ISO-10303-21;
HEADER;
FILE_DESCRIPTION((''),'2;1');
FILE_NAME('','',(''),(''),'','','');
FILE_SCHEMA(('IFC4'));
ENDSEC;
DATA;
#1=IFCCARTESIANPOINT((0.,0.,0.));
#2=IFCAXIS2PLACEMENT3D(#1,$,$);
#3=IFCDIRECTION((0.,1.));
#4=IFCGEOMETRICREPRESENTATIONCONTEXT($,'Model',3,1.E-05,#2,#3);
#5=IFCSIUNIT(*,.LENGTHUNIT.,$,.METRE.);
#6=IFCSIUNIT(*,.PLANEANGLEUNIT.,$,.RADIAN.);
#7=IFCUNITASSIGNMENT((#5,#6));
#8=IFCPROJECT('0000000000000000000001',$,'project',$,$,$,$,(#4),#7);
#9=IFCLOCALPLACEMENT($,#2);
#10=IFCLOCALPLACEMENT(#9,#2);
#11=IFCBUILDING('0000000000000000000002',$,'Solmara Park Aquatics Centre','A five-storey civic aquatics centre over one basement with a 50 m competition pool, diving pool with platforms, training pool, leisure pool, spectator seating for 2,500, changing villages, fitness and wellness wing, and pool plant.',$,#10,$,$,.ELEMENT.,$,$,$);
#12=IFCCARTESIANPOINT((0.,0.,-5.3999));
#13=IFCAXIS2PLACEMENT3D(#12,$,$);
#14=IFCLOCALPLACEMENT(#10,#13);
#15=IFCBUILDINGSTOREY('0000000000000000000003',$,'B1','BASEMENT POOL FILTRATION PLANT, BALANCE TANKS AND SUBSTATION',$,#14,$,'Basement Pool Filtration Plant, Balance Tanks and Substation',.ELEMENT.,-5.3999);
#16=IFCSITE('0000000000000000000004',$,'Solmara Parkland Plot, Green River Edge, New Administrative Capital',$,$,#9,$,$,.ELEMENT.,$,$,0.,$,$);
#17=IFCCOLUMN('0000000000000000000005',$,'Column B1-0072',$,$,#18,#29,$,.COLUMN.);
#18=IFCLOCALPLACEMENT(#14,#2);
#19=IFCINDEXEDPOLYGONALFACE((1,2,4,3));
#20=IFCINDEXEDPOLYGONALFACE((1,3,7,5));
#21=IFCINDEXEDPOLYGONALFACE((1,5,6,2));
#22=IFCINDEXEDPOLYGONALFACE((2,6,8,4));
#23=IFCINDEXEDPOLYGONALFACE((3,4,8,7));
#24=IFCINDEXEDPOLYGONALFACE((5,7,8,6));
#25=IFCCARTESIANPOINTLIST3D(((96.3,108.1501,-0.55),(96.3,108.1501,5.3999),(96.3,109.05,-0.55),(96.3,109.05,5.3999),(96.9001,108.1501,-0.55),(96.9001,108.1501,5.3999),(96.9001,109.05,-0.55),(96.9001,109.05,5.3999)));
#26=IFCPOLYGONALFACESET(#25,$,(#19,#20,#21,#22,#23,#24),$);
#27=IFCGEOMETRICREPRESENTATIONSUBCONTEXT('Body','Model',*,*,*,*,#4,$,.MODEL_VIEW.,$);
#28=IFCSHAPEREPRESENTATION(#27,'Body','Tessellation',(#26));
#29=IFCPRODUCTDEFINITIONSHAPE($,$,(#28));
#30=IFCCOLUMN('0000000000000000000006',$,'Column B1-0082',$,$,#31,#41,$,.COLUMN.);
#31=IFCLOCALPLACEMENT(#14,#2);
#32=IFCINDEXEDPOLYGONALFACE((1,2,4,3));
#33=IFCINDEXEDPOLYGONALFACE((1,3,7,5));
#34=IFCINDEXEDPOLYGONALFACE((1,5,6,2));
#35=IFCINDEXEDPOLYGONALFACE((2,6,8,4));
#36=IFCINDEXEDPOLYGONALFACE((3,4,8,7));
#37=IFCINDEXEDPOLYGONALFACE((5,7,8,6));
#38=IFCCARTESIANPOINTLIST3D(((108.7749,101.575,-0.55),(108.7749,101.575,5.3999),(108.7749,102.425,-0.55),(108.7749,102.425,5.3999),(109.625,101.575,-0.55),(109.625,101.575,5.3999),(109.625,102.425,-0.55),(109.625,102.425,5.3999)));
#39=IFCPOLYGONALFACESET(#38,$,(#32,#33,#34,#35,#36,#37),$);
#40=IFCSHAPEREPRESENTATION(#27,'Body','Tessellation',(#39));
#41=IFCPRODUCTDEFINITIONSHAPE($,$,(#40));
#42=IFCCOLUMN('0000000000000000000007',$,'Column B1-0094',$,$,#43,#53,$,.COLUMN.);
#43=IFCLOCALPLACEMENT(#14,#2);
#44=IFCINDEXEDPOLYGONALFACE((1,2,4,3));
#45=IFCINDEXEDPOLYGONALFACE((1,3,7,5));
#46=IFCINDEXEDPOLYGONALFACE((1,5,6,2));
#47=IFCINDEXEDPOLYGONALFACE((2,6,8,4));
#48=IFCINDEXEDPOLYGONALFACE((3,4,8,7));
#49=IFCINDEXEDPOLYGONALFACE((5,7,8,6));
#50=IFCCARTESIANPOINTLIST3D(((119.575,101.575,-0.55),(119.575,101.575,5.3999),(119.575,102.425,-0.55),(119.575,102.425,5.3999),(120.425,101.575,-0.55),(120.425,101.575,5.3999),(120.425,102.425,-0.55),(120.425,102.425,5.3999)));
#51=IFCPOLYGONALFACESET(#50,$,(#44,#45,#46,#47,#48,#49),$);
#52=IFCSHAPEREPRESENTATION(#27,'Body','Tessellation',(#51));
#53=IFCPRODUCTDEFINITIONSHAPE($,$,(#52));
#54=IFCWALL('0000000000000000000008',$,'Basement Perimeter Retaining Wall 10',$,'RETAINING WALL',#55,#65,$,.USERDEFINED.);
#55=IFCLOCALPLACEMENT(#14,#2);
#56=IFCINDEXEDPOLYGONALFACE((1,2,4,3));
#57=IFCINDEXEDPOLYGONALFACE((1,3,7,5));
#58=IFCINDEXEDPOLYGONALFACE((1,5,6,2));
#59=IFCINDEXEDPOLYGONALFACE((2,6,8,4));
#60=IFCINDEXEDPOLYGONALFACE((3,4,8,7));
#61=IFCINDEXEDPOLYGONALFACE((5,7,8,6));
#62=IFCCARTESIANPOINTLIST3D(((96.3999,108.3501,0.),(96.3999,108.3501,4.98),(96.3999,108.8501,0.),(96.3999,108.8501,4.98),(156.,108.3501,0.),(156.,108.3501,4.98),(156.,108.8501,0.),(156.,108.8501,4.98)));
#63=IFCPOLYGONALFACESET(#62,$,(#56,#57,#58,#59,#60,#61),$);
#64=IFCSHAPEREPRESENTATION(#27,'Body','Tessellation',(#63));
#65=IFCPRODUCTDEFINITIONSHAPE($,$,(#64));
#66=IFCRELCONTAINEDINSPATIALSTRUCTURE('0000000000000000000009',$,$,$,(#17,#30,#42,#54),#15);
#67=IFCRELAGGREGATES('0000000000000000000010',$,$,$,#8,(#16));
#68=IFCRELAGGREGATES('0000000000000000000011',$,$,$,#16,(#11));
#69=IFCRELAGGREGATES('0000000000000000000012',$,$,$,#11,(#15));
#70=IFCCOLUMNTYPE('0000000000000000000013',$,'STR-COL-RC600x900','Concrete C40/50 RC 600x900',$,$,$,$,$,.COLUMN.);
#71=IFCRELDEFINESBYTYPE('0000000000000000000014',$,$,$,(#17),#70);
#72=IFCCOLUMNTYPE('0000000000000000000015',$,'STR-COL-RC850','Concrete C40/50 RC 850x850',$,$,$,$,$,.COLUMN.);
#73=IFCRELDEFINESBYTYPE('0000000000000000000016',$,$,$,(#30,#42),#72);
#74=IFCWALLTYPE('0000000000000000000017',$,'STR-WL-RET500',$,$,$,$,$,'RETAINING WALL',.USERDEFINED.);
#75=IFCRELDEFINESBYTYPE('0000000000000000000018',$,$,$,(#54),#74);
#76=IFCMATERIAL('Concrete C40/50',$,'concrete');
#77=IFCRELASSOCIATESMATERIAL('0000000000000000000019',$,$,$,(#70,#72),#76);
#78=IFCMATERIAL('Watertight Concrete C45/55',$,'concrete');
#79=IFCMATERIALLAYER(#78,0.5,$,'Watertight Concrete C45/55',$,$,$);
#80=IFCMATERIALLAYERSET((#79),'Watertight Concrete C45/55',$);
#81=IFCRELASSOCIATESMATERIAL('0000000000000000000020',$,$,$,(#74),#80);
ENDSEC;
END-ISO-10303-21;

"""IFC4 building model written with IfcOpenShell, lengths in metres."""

from ifc_helpers import new_model, si_unit, direction, frame, frame_2d, origin, origin_2d, place, context, subcontext, project, spatial, rectangle, extrude, material, layer, layer_set, material_profile, profile_set, type_object, element, save


model = new_model("IFC4")

# Units and contexts
model_context = context("Model", 3, precision=1e-05, world=origin(), true_north=direction((0.0, 1.0)))
body_context = subcontext(model_context, "Body", "Model", "MODEL_VIEW")
ifc_project = project(units=[si_unit("LENGTHUNIT", "METRE"), si_unit("PLANEANGLEUNIT", "RADIAN")], contexts=[model_context])

# Site, building, storey
site_placement = place(None, origin())
site = spatial("IfcSite", under=ifc_project, at=site_placement, Name="Solmara Parkland Plot, Green River Edge, New Administrative Capital", CompositionType="ELEMENT", RefElevation=0.0)
building_placement = place(site_placement, origin())
building = spatial("IfcBuilding", under=site, at=building_placement, Name="Solmara Park Aquatics Centre", Description="A five-storey civic aquatics centre over one basement with a 50 m competition pool, diving pool with platforms, training pool, leisure pool, spectator seating for 2,500, changing villages, fitness and wellness wing, and pool plant.", CompositionType="ELEMENT")
storey_placement = place(building_placement, frame((0.0, 0.0, -5.3999)))
storey = spatial("IfcBuildingStorey", under=building, at=storey_placement, Name="B1", Description="BASEMENT POOL FILTRATION PLANT, BALANCE TANKS AND SUBSTATION", LongName="Basement Pool Filtration Plant, Balance Tanks and Substation", CompositionType="ELEMENT", Elevation=-5.3999)

# Shared definitions
ifc_material_1 = material(Name="Watertight Concrete C45/55", Category="concrete")

# Columns
ifc_material_2 = material(Name="Concrete C40/50", Category="concrete")
ifc_material_profile_1 = material_profile(ifc_material_2, rectangle(XDim=0.6001, YDim=0.8999, at=origin_2d()), Name="RC 600x900")
ifc_profile_set_1 = profile_set([ifc_material_profile_1], Name="Concrete C40/50")
column_type_1 = type_object("IfcColumnType", Name="STR-COL-RC600x900", Description="Concrete C40/50 RC 600x900", PredefinedType="COLUMN", material=ifc_profile_set_1)
column_1_placement = place(storey_placement, frame((96.6001, 108.6001, -0.55), z_axis=(0.0, 0.0, 1.0), x_axis=(1.0, 0.0, 0.0)))
element("IfcColumn", 1, at=column_1_placement, inside=storey, type_object=column_type_1, Name="Column B1-0072", PredefinedType="COLUMN", context=body_context, shape_type="SweptSolid", body=[
    extrude(rectangle(XDim=0.6001, YDim=0.8999, at=origin_2d()), origin(), (0.0, 0.0, 1.0), 5.95),
])
ifc_material_profile_2 = material_profile(ifc_material_2, rectangle(XDim=0.8501, YDim=0.8501, at=origin_2d()), Name="RC 850x850")
ifc_profile_set_2 = profile_set([ifc_material_profile_2], Name="Concrete C40/50")
column_type_2 = type_object("IfcColumnType", Name="STR-COL-RC850", Description="Concrete C40/50 RC 850x850", PredefinedType="COLUMN", material=ifc_profile_set_2)
for number, where, z_axis, x_axis, name in (
    (2, (109.2, 102.0, -0.55), (0.0, 0.0, 1.0), (1.0, 0.0, 0.0), "Column B1-0082"),
    (3, (120.0, 102.0, -0.55), (0.0, 0.0, 1.0), (1.0, 0.0, 0.0), "Column B1-0094"),
):
    element("IfcColumn", number, at=place(storey_placement, frame(where, z_axis=z_axis, x_axis=x_axis)), inside=storey, type_object=column_type_2, Name=name, PredefinedType="COLUMN", context=body_context, shape_type="SweptSolid", body=[
        extrude(rectangle(XDim=0.8501, YDim=0.8501, at=origin_2d()), origin(), (0.0, 0.0, 1.0), 5.95),
    ])

# Wall
ifc_layer = layer(ifc_material_1, 0.5, Name="Watertight Concrete C45/55")
ifc_layer_set = layer_set([ifc_layer], Name="Watertight Concrete C45/55")
wall_type = type_object("IfcWallType", Name="STR-WL-RET500", ElementType="RETAINING WALL", PredefinedType="USERDEFINED", material=ifc_layer_set)
wall_placement = place(storey_placement, frame((96.3999, 108.6001, 0.0), z_axis=(0.0, 0.0, 1.0), x_axis=(1.0, 0.0, 0.0)))
element("IfcWall", 4, at=wall_placement, inside=storey, type_object=wall_type, Name="Basement Perimeter Retaining Wall 10", ObjectType="RETAINING WALL", PredefinedType="USERDEFINED", context=body_context, shape_type="SweptSolid", body=[
    extrude(rectangle(XDim=59.6001, YDim=0.5, at=frame_2d((29.8, 0.0))), origin(), (0.0, 0.0, 1.0), 4.98),
])

save(model, "model.ifc")
